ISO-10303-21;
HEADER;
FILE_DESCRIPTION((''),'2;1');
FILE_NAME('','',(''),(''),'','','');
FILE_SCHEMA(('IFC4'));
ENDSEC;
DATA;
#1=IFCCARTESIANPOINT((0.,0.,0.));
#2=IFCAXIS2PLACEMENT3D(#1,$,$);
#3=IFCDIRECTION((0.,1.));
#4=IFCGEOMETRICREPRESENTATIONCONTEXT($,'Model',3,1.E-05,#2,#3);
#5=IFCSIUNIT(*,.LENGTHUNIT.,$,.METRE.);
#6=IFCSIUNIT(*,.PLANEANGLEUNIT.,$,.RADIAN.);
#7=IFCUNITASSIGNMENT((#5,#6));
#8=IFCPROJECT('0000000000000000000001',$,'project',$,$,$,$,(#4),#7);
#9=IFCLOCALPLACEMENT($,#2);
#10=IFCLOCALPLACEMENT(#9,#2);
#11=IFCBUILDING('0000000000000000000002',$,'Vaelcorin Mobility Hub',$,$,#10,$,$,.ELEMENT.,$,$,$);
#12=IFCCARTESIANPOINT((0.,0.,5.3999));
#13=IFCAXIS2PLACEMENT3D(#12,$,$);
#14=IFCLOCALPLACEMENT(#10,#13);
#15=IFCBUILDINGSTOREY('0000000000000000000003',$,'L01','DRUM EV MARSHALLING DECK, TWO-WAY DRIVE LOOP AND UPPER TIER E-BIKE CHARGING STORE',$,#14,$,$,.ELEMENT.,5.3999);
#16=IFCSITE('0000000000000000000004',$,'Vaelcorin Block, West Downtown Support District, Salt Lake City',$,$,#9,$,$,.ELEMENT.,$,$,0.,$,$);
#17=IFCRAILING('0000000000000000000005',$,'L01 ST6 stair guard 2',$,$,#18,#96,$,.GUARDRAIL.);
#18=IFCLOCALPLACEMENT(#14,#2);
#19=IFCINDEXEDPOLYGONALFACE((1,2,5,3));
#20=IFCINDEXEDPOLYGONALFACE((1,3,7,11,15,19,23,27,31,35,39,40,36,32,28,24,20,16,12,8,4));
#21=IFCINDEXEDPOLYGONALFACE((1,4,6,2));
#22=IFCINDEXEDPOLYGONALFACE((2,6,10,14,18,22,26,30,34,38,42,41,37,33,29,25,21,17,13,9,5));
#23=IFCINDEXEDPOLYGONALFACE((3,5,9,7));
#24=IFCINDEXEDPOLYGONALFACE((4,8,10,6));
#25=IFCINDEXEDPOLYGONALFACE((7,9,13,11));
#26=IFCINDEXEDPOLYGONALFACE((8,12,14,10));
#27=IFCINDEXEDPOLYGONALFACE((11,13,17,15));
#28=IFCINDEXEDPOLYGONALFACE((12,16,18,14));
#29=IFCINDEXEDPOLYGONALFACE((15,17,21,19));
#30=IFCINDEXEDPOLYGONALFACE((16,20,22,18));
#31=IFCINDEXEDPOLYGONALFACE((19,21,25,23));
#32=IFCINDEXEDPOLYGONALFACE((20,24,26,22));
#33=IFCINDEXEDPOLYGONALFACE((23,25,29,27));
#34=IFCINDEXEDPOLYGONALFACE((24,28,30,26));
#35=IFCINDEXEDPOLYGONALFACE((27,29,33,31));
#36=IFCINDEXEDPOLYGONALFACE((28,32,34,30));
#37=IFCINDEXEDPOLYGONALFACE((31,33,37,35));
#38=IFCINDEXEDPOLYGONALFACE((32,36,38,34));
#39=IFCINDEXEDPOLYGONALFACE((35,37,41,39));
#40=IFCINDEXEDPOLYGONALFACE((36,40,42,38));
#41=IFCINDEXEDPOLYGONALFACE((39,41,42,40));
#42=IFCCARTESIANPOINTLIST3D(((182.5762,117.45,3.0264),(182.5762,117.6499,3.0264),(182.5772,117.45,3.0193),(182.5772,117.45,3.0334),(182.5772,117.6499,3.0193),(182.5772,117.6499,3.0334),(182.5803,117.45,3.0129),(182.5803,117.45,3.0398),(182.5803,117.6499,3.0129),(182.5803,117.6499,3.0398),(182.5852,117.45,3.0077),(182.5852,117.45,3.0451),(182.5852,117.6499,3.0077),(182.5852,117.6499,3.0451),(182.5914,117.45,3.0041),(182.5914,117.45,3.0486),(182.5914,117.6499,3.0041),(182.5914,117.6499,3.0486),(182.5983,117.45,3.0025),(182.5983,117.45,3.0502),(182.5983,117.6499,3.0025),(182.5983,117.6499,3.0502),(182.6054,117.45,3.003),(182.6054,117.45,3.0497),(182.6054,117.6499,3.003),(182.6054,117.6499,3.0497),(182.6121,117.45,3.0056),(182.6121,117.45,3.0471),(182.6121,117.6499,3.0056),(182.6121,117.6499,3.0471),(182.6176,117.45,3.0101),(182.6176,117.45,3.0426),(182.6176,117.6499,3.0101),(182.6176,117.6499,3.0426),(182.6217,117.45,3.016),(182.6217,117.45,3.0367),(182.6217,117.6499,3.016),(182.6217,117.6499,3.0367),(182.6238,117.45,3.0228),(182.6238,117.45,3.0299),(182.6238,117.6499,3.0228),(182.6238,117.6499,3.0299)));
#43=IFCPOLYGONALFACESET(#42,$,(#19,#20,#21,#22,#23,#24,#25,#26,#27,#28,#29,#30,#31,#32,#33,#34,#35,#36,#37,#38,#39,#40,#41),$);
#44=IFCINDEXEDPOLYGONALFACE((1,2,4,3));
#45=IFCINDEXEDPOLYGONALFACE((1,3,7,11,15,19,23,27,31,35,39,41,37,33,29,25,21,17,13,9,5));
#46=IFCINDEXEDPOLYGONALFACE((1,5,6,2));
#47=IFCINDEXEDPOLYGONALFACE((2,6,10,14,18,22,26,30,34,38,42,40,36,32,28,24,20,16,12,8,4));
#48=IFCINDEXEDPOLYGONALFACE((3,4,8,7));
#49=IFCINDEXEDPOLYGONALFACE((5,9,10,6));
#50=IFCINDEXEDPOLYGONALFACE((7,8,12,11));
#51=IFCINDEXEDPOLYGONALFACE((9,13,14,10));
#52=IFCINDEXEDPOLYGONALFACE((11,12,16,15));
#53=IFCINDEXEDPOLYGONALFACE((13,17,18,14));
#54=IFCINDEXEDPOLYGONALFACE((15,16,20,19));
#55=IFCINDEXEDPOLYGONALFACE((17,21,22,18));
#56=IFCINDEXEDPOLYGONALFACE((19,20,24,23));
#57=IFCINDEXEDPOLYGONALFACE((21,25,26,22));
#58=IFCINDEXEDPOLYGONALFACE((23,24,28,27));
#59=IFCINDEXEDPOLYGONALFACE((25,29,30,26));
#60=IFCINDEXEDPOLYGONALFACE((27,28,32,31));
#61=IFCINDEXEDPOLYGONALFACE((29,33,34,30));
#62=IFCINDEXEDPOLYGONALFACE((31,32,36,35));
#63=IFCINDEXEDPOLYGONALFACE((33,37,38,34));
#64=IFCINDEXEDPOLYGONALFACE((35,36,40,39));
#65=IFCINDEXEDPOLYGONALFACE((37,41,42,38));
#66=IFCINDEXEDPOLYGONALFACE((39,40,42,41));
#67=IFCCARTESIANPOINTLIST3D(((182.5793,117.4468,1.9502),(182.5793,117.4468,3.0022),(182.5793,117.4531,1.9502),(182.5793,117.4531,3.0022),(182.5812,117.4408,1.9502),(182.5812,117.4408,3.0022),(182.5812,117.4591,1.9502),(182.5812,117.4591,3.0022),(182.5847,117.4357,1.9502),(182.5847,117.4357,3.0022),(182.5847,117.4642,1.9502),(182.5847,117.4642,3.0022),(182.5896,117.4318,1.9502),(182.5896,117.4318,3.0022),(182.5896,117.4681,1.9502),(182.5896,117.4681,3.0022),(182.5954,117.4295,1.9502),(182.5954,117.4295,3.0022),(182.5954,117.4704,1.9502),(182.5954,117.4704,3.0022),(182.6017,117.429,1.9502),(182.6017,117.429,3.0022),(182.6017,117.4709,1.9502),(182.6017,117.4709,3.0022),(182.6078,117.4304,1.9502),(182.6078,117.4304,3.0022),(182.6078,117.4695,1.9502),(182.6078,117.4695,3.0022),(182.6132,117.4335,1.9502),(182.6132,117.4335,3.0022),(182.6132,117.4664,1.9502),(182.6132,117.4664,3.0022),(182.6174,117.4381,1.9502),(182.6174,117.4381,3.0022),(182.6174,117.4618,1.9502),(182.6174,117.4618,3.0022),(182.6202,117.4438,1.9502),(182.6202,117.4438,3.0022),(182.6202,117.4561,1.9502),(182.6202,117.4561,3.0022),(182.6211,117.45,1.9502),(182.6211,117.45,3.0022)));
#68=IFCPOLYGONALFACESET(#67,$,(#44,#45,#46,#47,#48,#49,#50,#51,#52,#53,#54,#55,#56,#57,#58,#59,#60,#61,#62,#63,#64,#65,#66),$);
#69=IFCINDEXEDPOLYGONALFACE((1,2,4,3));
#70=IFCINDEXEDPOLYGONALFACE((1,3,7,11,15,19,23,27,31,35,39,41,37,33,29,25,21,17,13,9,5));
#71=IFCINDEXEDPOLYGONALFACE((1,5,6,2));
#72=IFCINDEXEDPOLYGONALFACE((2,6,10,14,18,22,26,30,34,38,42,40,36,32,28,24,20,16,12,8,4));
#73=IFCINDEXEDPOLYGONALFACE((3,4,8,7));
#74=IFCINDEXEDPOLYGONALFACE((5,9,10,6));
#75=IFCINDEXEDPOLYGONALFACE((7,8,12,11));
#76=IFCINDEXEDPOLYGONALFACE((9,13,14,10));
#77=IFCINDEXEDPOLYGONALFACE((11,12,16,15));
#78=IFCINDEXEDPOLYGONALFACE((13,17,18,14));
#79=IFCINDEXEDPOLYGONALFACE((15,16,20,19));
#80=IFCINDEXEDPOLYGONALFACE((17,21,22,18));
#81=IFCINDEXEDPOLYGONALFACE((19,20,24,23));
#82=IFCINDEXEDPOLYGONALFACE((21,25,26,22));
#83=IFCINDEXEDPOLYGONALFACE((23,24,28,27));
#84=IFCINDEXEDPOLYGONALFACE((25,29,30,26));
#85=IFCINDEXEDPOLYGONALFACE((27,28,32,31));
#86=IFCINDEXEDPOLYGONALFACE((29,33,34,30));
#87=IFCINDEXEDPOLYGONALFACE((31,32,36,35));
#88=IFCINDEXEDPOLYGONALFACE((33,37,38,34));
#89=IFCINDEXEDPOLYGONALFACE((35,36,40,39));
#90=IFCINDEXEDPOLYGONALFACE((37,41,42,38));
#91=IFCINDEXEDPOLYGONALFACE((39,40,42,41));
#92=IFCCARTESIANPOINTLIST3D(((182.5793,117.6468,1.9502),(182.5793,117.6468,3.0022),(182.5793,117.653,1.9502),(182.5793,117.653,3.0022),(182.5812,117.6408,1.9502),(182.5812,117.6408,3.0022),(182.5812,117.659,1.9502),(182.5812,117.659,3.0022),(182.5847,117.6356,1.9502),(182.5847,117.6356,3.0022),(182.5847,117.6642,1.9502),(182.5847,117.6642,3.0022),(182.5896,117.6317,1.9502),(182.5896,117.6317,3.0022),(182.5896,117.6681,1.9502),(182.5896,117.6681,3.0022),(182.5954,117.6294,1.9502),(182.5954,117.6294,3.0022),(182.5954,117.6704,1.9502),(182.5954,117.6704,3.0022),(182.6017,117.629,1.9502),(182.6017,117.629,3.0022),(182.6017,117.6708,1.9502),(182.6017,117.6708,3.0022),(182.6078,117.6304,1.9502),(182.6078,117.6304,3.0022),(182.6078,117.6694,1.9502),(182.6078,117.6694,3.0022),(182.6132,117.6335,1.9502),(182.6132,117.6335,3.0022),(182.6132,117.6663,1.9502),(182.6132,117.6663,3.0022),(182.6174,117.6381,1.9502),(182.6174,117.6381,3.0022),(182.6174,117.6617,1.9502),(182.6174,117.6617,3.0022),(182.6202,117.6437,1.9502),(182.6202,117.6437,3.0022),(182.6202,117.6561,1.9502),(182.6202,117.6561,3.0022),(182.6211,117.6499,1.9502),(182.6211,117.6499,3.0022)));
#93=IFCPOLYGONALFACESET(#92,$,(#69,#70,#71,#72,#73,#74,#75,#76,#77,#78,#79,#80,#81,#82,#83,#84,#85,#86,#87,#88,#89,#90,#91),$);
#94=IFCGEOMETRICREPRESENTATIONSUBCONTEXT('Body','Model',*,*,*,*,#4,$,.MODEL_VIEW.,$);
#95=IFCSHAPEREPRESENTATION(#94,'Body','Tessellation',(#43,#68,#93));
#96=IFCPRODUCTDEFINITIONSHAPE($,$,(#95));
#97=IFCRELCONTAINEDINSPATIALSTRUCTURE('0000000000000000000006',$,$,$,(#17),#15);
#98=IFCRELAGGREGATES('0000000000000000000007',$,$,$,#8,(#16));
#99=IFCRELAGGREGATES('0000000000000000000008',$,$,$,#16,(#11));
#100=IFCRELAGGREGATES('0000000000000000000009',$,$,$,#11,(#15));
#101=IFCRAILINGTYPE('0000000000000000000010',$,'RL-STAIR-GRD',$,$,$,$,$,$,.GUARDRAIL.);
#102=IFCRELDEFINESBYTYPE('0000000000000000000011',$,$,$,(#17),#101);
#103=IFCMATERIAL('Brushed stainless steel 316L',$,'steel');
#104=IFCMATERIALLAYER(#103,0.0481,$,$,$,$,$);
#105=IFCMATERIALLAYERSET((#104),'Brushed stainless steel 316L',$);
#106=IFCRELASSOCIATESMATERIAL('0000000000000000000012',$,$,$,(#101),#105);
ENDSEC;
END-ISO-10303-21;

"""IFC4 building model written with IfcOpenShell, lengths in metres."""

from ifc_helpers import new_model, si_unit, direction, frame, origin, origin_2d, place, context, subcontext, project, spatial, circle, extrude, material, layer, layer_set, type_object, element, save


model = new_model("IFC4")

# Units and contexts
model_context = context("Model", 3, precision=1e-05, world=origin(), true_north=direction((0.0, 1.0)))
body_context = subcontext(model_context, "Body", "Model", "MODEL_VIEW")
ifc_project = project(units=[si_unit("LENGTHUNIT", "METRE"), si_unit("PLANEANGLEUNIT", "RADIAN")], contexts=[model_context])

# Site, building, storey
site_placement = place(None, origin())
site = spatial("IfcSite", under=ifc_project, at=site_placement, Name="Vaelcorin Block, West Downtown Support District, Salt Lake City", CompositionType="ELEMENT", RefElevation=0.0)
building_placement = place(site_placement, origin())
building = spatial("IfcBuilding", under=site, at=building_placement, Name="Vaelcorin Mobility Hub", CompositionType="ELEMENT")
storey_placement = place(building_placement, frame((0.0, 0.0, 5.3999)))
storey = spatial("IfcBuildingStorey", under=building, at=storey_placement, Name="L01", Description="DRUM EV MARSHALLING DECK, TWO-WAY DRIVE LOOP AND UPPER TIER E-BIKE CHARGING STORE", CompositionType="ELEMENT", Elevation=5.3999)

# Railing
ifc_material_1 = material(Name="Brushed stainless steel 316L", Category="steel")
ifc_layer_1 = layer(ifc_material_1, 0.0481)
ifc_layer_set_1 = layer_set([ifc_layer_1], Name="Brushed stainless steel 316L")
railing_type_1 = type_object("IfcRailingType", Name="RL-STAIR-GRD", PredefinedType="GUARDRAIL", material=ifc_layer_set_1)
railing_1_placement = place(storey_placement, frame((182.6001, 117.45, 1.9502)))
element("IfcRailing", 1, at=railing_1_placement, inside=storey, type_object=railing_type_1, Name="L01 ST6 stair guard 2", PredefinedType="GUARDRAIL", context=body_context, shape_type="SweptSolid", body=[
    extrude(circle(Radius=0.0239, at=origin_2d()), frame((0.0, 0.0, 1.0762), z_axis=(0.0, 1.0, 0.0), x_axis=(-1.0, 0.0, 0.0)), (0.0, 0.0, 1.0), 0.2),
    extrude(circle(Radius=0.021, at=origin_2d()), origin(), (0.0, 0.0, 1.0), 1.052),
    extrude(circle(Radius=0.021, at=origin_2d()), frame((0.0, 0.2, 0.0)), (0.0, 0.0, 1.0), 1.052),
])

save(model, "model.ifc")
